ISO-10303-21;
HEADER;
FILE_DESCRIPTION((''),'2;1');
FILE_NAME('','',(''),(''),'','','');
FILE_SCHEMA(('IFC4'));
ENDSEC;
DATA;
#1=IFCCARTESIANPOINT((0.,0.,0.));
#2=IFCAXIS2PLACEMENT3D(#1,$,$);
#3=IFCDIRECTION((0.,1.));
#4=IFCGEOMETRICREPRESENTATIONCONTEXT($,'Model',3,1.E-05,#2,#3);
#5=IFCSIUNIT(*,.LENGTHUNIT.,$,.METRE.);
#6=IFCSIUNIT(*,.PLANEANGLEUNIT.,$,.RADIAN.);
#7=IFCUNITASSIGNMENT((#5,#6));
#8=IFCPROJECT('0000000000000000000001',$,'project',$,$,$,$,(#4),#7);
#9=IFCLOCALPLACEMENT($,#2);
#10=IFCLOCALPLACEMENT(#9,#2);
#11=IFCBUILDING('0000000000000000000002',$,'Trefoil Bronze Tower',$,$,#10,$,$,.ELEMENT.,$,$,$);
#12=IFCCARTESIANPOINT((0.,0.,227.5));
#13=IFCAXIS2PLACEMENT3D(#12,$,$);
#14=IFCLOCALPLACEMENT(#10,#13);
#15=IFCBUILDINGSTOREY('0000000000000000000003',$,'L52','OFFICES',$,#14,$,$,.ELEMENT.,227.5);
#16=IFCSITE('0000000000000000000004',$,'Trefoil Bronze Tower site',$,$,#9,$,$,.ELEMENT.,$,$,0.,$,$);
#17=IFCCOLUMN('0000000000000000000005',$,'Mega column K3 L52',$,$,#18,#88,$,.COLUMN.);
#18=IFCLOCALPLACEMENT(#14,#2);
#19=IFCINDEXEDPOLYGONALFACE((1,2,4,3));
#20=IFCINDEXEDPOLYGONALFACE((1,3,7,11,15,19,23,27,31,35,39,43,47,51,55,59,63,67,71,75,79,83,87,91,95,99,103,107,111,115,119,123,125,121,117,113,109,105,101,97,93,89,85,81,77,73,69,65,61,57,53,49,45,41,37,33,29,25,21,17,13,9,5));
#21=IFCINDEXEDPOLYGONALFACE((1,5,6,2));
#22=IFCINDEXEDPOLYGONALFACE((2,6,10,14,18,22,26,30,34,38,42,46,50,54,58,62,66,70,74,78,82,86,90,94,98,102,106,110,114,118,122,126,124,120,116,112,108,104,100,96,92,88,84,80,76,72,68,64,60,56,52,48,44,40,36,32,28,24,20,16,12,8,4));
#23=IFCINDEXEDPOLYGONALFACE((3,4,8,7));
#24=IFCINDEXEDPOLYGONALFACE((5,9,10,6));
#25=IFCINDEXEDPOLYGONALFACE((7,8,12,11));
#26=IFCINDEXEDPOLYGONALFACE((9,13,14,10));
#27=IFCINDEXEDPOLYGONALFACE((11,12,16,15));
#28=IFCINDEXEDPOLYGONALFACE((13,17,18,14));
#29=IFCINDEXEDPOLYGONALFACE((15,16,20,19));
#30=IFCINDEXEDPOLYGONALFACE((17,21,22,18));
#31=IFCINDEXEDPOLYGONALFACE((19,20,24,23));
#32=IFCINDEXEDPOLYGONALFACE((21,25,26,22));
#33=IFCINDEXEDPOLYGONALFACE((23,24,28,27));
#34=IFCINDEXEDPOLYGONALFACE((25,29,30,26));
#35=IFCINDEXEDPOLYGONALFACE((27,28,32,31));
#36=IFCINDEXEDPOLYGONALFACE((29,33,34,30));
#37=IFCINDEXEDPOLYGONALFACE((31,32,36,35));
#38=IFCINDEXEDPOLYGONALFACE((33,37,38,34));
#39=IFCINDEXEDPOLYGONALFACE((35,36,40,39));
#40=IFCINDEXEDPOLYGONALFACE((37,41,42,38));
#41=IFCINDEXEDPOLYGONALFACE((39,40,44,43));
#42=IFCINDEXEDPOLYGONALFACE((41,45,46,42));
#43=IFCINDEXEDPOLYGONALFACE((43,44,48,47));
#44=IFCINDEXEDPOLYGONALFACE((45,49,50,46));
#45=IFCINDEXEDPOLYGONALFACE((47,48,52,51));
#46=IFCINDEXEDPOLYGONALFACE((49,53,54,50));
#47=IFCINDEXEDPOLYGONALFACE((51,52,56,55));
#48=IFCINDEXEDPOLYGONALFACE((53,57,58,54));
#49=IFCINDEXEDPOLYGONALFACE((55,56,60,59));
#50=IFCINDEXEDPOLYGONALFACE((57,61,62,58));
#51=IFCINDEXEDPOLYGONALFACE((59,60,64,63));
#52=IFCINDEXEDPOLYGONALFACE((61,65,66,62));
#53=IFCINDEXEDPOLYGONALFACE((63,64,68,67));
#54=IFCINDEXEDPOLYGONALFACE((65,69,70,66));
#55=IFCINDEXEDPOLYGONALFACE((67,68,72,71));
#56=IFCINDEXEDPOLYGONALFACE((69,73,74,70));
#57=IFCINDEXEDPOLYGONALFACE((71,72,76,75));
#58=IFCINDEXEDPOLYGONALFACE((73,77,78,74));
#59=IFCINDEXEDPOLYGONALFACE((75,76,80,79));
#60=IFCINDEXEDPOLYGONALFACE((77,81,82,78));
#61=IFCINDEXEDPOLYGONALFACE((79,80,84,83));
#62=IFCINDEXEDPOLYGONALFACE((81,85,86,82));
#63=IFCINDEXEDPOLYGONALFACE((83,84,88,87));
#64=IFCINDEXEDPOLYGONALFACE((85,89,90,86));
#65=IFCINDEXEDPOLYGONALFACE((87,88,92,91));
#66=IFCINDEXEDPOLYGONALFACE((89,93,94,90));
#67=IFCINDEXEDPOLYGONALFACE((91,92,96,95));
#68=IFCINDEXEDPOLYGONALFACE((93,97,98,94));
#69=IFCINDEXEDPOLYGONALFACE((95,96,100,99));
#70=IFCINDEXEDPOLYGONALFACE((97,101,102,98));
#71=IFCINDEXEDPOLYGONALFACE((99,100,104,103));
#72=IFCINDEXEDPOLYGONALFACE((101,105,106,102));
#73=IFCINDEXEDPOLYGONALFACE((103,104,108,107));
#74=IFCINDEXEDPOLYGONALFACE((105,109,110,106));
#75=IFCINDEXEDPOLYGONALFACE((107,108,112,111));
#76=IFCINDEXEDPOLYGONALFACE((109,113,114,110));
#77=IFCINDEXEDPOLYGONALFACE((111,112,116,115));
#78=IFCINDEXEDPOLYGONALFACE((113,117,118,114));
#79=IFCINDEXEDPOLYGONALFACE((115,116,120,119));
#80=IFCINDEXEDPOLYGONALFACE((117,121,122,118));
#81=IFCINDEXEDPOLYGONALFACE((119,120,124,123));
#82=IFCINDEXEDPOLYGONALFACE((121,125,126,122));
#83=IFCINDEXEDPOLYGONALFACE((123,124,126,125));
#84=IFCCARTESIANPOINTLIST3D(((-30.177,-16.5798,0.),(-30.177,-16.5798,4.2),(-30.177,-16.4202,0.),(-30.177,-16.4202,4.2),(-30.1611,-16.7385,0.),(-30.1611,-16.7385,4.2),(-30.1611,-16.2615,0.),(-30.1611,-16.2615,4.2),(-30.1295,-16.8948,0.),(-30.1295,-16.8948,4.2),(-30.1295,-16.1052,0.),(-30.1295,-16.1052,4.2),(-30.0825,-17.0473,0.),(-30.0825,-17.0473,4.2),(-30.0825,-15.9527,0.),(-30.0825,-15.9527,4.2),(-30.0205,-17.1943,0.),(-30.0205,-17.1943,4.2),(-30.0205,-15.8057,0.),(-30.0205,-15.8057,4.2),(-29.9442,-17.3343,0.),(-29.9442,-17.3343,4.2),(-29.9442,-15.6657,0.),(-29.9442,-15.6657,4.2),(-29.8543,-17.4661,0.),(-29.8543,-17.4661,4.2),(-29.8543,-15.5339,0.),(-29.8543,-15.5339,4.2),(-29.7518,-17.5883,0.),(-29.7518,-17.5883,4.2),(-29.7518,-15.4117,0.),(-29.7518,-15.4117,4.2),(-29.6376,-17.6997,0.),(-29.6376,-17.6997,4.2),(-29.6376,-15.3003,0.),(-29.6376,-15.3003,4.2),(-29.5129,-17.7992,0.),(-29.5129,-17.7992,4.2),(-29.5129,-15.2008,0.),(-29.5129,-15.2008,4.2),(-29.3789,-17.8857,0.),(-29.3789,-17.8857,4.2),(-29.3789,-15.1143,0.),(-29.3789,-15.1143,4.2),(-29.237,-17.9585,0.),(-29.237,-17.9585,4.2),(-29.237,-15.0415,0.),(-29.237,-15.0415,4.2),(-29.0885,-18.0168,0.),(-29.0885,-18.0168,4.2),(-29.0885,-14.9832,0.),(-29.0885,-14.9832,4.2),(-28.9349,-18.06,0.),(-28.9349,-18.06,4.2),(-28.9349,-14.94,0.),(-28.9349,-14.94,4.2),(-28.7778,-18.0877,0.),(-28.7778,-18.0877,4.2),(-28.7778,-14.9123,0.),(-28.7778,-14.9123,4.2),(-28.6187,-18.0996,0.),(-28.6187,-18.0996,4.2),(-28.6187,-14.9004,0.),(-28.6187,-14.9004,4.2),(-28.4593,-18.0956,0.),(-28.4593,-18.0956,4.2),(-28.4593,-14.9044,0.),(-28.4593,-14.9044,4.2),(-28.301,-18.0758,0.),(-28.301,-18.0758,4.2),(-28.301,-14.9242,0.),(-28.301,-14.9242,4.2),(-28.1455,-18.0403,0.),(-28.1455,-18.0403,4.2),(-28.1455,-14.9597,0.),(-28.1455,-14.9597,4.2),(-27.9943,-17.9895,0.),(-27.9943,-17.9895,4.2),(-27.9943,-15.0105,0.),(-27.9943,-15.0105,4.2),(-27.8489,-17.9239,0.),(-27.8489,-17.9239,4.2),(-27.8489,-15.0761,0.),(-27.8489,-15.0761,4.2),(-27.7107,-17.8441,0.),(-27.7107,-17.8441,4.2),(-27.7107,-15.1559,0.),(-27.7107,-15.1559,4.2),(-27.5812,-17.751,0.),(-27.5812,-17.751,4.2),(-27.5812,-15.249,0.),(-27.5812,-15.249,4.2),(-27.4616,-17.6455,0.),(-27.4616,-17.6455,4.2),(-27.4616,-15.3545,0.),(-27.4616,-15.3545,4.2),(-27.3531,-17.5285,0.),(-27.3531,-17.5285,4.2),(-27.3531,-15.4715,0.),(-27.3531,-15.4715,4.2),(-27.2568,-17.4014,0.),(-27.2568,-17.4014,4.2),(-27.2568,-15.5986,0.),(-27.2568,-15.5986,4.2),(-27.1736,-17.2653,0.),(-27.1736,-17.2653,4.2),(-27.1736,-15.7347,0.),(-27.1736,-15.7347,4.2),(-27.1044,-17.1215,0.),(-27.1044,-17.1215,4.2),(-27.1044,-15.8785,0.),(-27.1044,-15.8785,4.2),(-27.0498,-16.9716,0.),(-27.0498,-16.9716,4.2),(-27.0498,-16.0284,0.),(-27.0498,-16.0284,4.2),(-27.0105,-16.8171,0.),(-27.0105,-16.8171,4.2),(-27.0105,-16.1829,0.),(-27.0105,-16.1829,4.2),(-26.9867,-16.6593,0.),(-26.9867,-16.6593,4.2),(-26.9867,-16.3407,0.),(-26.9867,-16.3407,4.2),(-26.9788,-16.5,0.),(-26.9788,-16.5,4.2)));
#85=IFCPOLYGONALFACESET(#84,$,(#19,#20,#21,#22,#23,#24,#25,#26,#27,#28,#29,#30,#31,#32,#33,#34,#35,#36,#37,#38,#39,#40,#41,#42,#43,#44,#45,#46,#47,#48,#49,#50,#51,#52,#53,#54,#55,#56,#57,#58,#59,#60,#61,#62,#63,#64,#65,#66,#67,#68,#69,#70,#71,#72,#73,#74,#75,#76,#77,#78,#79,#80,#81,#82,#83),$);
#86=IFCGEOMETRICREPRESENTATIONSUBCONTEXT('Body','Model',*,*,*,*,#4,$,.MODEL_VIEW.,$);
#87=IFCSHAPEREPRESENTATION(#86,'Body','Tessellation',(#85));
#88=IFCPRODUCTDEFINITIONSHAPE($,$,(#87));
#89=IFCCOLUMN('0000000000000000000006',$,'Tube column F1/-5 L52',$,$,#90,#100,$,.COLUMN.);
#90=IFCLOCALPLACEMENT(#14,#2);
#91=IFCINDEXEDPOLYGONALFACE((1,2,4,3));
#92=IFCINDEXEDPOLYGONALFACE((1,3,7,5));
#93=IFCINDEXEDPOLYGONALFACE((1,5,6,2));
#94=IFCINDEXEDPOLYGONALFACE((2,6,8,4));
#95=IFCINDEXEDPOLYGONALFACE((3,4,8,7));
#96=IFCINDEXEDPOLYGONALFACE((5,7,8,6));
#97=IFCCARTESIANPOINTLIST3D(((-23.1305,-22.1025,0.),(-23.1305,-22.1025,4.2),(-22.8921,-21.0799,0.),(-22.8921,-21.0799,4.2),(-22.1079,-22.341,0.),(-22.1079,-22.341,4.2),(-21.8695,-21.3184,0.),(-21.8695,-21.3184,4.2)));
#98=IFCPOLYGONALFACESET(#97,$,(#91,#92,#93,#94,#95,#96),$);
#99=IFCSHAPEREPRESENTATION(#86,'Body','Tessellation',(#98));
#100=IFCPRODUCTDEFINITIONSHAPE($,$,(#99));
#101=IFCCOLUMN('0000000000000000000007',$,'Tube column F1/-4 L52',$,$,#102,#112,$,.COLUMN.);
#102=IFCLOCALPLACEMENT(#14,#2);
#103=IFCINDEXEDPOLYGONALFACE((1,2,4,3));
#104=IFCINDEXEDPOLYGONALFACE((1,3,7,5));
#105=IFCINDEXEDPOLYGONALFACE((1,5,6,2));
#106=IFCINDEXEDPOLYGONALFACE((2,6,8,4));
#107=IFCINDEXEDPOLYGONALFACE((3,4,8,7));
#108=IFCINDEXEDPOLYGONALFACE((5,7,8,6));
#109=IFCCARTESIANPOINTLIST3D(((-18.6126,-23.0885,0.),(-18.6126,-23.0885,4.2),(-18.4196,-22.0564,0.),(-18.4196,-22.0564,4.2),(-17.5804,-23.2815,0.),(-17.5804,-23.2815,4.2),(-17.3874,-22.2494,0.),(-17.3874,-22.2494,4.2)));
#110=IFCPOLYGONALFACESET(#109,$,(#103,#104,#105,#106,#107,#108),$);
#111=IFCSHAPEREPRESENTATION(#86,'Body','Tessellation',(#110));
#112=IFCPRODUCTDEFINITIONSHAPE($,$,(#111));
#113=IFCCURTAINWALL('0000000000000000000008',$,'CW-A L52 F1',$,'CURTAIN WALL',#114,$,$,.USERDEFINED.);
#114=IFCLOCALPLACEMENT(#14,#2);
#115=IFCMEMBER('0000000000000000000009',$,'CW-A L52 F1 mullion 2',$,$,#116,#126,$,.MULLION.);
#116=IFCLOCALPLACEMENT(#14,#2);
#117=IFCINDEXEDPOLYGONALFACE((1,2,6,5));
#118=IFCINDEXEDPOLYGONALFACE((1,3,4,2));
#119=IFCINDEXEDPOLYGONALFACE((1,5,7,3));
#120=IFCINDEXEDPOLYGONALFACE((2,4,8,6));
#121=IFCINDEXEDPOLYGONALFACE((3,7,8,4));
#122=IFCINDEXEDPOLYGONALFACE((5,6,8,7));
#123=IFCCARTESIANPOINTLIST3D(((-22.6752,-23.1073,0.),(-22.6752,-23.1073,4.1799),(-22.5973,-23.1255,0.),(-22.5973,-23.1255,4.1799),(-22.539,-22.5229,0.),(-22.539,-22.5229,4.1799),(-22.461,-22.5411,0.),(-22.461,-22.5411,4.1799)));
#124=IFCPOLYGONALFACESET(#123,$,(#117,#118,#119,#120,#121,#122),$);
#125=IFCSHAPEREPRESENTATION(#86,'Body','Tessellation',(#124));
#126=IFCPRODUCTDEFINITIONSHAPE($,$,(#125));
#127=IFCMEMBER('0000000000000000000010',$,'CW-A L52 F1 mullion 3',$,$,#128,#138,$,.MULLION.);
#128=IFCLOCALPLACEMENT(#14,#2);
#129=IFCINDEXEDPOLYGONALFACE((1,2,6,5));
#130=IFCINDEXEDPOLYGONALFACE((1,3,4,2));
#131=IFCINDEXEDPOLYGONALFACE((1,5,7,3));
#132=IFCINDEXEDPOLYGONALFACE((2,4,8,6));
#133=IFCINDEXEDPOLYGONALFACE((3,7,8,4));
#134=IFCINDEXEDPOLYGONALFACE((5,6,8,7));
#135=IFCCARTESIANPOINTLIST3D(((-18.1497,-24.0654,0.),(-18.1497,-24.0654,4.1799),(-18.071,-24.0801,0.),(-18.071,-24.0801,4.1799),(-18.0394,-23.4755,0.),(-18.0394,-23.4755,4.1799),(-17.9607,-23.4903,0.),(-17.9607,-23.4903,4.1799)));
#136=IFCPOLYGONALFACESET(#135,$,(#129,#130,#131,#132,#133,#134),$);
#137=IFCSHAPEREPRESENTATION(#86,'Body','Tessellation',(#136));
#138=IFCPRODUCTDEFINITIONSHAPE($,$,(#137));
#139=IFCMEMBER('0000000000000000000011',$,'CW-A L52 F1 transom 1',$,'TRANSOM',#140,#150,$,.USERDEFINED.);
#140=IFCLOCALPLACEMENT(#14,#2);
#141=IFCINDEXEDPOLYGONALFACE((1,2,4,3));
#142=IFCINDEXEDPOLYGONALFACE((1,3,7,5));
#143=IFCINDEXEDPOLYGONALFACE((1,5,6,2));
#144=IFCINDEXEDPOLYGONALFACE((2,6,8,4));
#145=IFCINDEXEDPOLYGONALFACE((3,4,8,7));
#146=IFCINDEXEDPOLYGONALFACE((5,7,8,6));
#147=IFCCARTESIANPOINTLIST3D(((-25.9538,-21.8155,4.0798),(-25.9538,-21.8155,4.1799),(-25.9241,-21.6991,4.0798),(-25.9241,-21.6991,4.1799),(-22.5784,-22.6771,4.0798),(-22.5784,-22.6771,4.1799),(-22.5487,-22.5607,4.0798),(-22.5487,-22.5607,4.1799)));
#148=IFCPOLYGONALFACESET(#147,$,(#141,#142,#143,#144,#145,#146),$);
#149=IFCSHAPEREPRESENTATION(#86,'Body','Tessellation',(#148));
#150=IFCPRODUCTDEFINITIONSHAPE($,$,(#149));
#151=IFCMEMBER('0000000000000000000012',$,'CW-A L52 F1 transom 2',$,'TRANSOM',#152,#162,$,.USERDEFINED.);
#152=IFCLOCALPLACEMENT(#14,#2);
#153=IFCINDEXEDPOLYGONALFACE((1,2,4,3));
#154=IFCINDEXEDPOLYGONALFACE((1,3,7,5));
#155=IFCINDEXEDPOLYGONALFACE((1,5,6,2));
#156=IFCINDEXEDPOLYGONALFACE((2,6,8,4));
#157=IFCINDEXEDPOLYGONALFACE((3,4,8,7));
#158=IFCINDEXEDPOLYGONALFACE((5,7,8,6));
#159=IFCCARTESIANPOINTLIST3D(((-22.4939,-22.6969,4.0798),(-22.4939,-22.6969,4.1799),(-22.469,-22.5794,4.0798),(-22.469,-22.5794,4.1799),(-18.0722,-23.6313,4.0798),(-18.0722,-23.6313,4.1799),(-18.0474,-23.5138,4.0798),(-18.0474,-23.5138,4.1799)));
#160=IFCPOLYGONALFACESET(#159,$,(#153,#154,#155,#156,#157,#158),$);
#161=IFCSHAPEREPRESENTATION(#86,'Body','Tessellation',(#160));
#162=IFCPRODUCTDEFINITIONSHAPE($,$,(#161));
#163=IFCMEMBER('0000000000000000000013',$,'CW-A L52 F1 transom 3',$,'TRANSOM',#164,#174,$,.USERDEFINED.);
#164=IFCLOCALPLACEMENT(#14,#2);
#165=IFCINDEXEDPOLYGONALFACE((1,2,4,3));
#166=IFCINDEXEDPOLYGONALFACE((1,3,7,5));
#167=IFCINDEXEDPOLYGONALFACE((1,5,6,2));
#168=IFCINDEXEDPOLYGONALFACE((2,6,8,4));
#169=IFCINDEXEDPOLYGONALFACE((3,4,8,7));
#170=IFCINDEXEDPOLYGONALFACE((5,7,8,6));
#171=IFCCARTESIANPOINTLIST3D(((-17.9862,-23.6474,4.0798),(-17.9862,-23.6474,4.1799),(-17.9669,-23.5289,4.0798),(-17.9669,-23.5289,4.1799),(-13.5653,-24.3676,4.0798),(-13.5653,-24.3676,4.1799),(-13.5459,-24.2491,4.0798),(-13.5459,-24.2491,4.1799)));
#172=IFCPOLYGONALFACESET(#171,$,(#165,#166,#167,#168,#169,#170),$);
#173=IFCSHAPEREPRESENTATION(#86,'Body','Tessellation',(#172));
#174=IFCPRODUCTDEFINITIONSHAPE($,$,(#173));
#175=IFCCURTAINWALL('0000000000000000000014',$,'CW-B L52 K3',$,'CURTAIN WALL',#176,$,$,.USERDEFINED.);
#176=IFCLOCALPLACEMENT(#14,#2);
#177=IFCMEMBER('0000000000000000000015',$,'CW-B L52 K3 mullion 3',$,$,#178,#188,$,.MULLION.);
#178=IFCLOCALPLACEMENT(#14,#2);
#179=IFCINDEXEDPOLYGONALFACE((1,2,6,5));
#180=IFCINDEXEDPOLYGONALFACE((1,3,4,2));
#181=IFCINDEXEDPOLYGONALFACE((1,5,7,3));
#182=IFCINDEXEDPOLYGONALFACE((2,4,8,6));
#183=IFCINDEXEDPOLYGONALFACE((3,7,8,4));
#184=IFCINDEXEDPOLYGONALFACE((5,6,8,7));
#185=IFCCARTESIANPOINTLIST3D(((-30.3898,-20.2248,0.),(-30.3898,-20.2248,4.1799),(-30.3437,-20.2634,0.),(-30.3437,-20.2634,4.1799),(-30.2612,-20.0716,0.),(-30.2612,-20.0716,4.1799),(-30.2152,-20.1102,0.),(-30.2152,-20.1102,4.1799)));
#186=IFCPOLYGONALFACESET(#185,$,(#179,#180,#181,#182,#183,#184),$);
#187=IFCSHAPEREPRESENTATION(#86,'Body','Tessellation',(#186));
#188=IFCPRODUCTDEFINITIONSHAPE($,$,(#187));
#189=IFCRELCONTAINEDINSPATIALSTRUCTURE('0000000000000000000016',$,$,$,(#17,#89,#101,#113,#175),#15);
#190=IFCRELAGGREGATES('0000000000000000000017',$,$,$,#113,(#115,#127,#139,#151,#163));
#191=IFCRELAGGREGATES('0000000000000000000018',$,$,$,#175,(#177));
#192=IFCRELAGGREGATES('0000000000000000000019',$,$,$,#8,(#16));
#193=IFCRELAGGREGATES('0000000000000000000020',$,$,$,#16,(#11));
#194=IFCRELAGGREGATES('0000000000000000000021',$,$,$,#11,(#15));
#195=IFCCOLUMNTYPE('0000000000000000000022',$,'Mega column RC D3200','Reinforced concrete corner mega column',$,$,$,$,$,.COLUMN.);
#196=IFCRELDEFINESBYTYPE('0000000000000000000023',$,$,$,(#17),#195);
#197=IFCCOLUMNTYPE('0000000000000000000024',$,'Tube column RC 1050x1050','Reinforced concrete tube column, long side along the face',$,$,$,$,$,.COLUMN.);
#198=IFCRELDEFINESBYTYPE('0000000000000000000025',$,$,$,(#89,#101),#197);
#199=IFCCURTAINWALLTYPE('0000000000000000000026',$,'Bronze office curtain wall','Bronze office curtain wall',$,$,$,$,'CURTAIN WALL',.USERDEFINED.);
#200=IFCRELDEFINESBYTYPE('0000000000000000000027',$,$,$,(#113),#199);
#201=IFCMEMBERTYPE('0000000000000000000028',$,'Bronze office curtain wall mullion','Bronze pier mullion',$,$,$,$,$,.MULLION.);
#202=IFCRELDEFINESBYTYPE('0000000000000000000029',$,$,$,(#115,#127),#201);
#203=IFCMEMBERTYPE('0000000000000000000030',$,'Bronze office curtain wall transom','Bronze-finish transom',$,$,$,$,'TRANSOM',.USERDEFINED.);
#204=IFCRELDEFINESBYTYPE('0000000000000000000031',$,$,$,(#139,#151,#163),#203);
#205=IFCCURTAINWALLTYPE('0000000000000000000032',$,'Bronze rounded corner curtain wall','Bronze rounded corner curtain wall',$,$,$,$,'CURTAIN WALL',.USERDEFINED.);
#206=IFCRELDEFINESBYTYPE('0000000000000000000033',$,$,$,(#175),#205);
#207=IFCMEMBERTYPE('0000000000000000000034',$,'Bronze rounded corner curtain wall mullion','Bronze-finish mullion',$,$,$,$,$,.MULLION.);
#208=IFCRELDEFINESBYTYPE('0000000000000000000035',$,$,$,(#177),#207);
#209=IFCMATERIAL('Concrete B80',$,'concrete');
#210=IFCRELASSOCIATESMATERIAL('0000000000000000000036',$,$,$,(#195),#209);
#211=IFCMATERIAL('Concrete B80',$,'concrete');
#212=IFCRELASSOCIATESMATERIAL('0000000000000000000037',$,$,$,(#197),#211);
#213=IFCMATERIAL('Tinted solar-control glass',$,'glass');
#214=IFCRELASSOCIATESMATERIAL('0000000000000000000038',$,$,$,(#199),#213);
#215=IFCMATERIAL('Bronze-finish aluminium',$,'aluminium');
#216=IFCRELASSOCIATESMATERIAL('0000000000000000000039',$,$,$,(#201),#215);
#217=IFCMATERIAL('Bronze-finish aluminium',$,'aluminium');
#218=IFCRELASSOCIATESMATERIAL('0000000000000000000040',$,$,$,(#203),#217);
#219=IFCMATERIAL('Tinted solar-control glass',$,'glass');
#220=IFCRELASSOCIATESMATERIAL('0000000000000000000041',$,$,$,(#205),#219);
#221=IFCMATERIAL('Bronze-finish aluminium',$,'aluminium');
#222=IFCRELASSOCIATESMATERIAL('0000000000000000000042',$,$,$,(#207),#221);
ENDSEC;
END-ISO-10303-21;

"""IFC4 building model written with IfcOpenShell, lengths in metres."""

from ifc_helpers import new_model, si_unit, direction, frame, origin, origin_2d, place, context, subcontext, project, spatial, rectangle, circle, extrude, material, material_profile, profile_set, type_object, element, aggregate, save


model = new_model("IFC4")

# Units and contexts
model_context = context("Model", 3, precision=1e-05, world=origin(), true_north=direction((0.0, 1.0)))
body_context = subcontext(model_context, "Body", "Model", "MODEL_VIEW")
ifc_project = project(units=[si_unit("LENGTHUNIT", "METRE"), si_unit("PLANEANGLEUNIT", "RADIAN")], contexts=[model_context])

# Site, building, storey
site_placement = place(None, origin())
site = spatial("IfcSite", under=ifc_project, at=site_placement, Name="Trefoil Bronze Tower site", CompositionType="ELEMENT", RefElevation=0.0)
building_placement = place(site_placement, origin())
building = spatial("IfcBuilding", under=site, at=building_placement, Name="Trefoil Bronze Tower", CompositionType="ELEMENT")
storey_placement = place(building_placement, frame((0.0, 0.0, 227.5)))
storey = spatial("IfcBuildingStorey", under=building, at=storey_placement, Name="L52", Description="OFFICES", CompositionType="ELEMENT", Elevation=227.5)

# Columns
ifc_material_1 = material(Name="Concrete B80", Category="concrete")
ifc_material_profile_1 = material_profile(ifc_material_1, circle(Radius=1.6001, at=origin_2d()), Name="RC D3200")
ifc_profile_set_1 = profile_set([ifc_material_profile_1], Name="Concrete B80")
column_type_1 = type_object("IfcColumnType", Name="Mega column RC D3200", Description="Reinforced concrete corner mega column", PredefinedType="COLUMN", material=ifc_profile_set_1)
column_placement = place(storey_placement, frame((-28.5789, -16.5, 0.0), z_axis=(0.0, 0.0, 1.0), x_axis=(1.0, 0.0, 0.0)))
element("IfcColumn", 1, at=column_placement, inside=storey, type_object=column_type_1, Name="Mega column K3 L52", PredefinedType="COLUMN", context=body_context, shape_type="SweptSolid", body=[
    extrude(circle(Radius=1.6001, at=origin_2d()), origin(), (0.0, 0.0, 1.0), 4.2),
])
ifc_material_2 = material(Name="Concrete B80", Category="concrete")
ifc_material_profile_2 = material_profile(ifc_material_2, rectangle(XDim=1.05, YDim=1.05, at=origin_2d()), Name="RC 1050x1050")
ifc_profile_set_2 = profile_set([ifc_material_profile_2], Name="Concrete B80")
column_type_2 = type_object("IfcColumnType", Name="Tube column RC 1050x1050", Description="Reinforced concrete tube column, long side along the face", PredefinedType="COLUMN", material=ifc_profile_set_2)
for number, where, z_axis, x_axis, name in (
    (2, (-22.5, -21.7104, 0.0), (0.0, 0.0, 1.0), (0.973875, -0.227083, 0.0), "Tube column F1/-5 L52"),
    (3, (-18.0, -22.6689, 0.0), (0.0, 0.0, 1.0), (0.982959, -0.183825, 0.0), "Tube column F1/-4 L52"),
):
    element("IfcColumn", number, at=place(storey_placement, frame(where, z_axis=z_axis, x_axis=x_axis)), inside=storey, type_object=column_type_2, Name=name, PredefinedType="COLUMN", context=body_context, shape_type="SweptSolid", body=[
        extrude(rectangle(XDim=1.05, YDim=1.05, at=origin_2d()), origin(), (0.0, 0.0, 1.0), 4.2),
    ])

# Curtain walls, members
ifc_material_3 = material(Name="Tinted solar-control glass", Category="glass")
curtain_wall_type_1 = type_object("IfcCurtainWallType", Name="Bronze office curtain wall", Description="Bronze office curtain wall", ElementType="CURTAIN WALL", PredefinedType="USERDEFINED", material=ifc_material_3)
curtain_wall_1_placement = place(storey_placement, origin())
curtain_wall_1 = element("IfcCurtainWall", 4, at=curtain_wall_1_placement, inside=storey, type_object=curtain_wall_type_1, Name="CW-A L52 F1", ObjectType="CURTAIN WALL", PredefinedType="USERDEFINED")
ifc_material_4 = material(Name="Bronze-finish aluminium", Category="aluminium")
ifc_material_profile_3 = material_profile(ifc_material_4, rectangle(XDim=0.6001, YDim=0.0801, at=origin_2d()), Name="CW-A mullion")
ifc_profile_set_3 = profile_set([ifc_material_profile_3], Name="Bronze-finish aluminium")
member_type_1 = type_object("IfcMemberType", Name="Bronze office curtain wall mullion", Description="Bronze pier mullion", PredefinedType="MULLION", material=ifc_profile_set_3)
member_1_placement = place(storey_placement, frame((-22.5681, -22.8242, 0.0), z_axis=(0.0, 0.0, 1.0), x_axis=(0.227083, 0.973875, 0.0)))
member_1 = element("IfcMember", 5, at=member_1_placement, type_object=member_type_1, Name="CW-A L52 F1 mullion 2", PredefinedType="MULLION", context=body_context, shape_type="SweptSolid", body=[
    extrude(rectangle(XDim=0.6001, YDim=0.0801, at=origin_2d()), origin(), (0.0, 0.0, 1.0), 4.1799),
])
member_2_placement = place(storey_placement, frame((-18.0552, -23.7778, 0.0), z_axis=(0.0, 0.0, 1.0), x_axis=(0.183825, 0.982959, 0.0)))
member_2 = element("IfcMember", 6, at=member_2_placement, type_object=member_type_1, Name="CW-A L52 F1 mullion 3", PredefinedType="MULLION", context=body_context, shape_type="SweptSolid", body=[
    extrude(rectangle(XDim=0.6001, YDim=0.0801, at=origin_2d()), origin(), (0.0, 0.0, 1.0), 4.1799),
])
ifc_material_5 = material(Name="Bronze-finish aluminium", Category="aluminium")
ifc_material_profile_4 = material_profile(ifc_material_5, rectangle(XDim=0.1201, YDim=0.1001, at=origin_2d()), Name="CW-A transom")
ifc_profile_set_4 = profile_set([ifc_material_profile_4], Name="Bronze-finish aluminium")
member_type_2 = type_object("IfcMemberType", Name="Bronze office curtain wall transom", Description="Bronze-finish transom", ElementType="TRANSOM", PredefinedType="USERDEFINED", material=ifc_profile_set_4)
member_3_placement = place(storey_placement, frame((-25.939, -21.7573, 4.1299), z_axis=(0.968935, -0.247315, 0.0), x_axis=(0.247315, 0.968935, 0.0)))
member_3 = element("IfcMember", 7, at=member_3_placement, type_object=member_type_2, Name="CW-A L52 F1 transom 1", ObjectType="TRANSOM", PredefinedType="USERDEFINED", context=body_context, shape_type="SweptSolid", body=[
    extrude(rectangle(XDim=0.1201, YDim=0.1001, at=origin_2d()), origin(), (0.0, 0.0, 1.0), 3.4836),
])
member_4_placement = place(storey_placement, frame((-22.4814, -22.6382, 4.1299), z_axis=(0.978395, -0.206743, 0.0), x_axis=(0.206743, 0.978395, 0.0)))
member_4 = element("IfcMember", 8, at=member_4_placement, type_object=member_type_2, Name="CW-A L52 F1 transom 2", ObjectType="TRANSOM", PredefinedType="USERDEFINED", context=body_context, shape_type="SweptSolid", body=[
    extrude(rectangle(XDim=0.1201, YDim=0.1001, at=origin_2d()), origin(), (0.0, 0.0, 1.0), 4.5193),
])
member_5_placement = place(storey_placement, frame((-17.9766, -23.5881, 4.1299), z_axis=(0.986988, -0.160792, 0.0), x_axis=(0.160792, 0.986988, 0.0)))
member_5 = element("IfcMember", 9, at=member_5_placement, type_object=member_type_2, Name="CW-A L52 F1 transom 3", ObjectType="TRANSOM", PredefinedType="USERDEFINED", context=body_context, shape_type="SweptSolid", body=[
    extrude(rectangle(XDim=0.1201, YDim=0.1001, at=origin_2d()), origin(), (0.0, 0.0, 1.0), 4.4792),
])
ifc_material_6 = material(Name="Tinted solar-control glass", Category="glass")
curtain_wall_type_2 = type_object("IfcCurtainWallType", Name="Bronze rounded corner curtain wall", Description="Bronze rounded corner curtain wall", ElementType="CURTAIN WALL", PredefinedType="USERDEFINED", material=ifc_material_6)
curtain_wall_2_placement = place(storey_placement, origin())
curtain_wall_2 = element("IfcCurtainWall", 10, at=curtain_wall_2_placement, inside=storey, type_object=curtain_wall_type_2, Name="CW-B L52 K3", ObjectType="CURTAIN WALL", PredefinedType="USERDEFINED")
ifc_material_7 = material(Name="Bronze-finish aluminium", Category="aluminium")
ifc_material_profile_5 = material_profile(ifc_material_7, rectangle(XDim=0.2, YDim=0.0601, at=origin_2d()), Name="CW-B mullion")
ifc_profile_set_5 = profile_set([ifc_material_profile_5], Name="Bronze-finish aluminium")
member_type_3 = type_object("IfcMemberType", Name="Bronze rounded corner curtain wall mullion", Description="Bronze-finish mullion", PredefinedType="MULLION", material=ifc_profile_set_5)
member_6_placement = place(storey_placement, frame((-30.3025, -20.1675, 0.0), z_axis=(0.0, 0.0, 1.0), x_axis=(0.642788, 0.766044, 0.0)))
member_6 = element("IfcMember", 11, at=member_6_placement, type_object=member_type_3, Name="CW-B L52 K3 mullion 3", PredefinedType="MULLION", context=body_context, shape_type="SweptSolid", body=[
    extrude(rectangle(XDim=0.2, YDim=0.0601, at=origin_2d()), origin(), (0.0, 0.0, 1.0), 4.1799),
])

aggregate(curtain_wall_1, [member_1, member_2, member_3, member_4, member_5])
aggregate(curtain_wall_2, [member_6])

save(model, "model.ifc")
